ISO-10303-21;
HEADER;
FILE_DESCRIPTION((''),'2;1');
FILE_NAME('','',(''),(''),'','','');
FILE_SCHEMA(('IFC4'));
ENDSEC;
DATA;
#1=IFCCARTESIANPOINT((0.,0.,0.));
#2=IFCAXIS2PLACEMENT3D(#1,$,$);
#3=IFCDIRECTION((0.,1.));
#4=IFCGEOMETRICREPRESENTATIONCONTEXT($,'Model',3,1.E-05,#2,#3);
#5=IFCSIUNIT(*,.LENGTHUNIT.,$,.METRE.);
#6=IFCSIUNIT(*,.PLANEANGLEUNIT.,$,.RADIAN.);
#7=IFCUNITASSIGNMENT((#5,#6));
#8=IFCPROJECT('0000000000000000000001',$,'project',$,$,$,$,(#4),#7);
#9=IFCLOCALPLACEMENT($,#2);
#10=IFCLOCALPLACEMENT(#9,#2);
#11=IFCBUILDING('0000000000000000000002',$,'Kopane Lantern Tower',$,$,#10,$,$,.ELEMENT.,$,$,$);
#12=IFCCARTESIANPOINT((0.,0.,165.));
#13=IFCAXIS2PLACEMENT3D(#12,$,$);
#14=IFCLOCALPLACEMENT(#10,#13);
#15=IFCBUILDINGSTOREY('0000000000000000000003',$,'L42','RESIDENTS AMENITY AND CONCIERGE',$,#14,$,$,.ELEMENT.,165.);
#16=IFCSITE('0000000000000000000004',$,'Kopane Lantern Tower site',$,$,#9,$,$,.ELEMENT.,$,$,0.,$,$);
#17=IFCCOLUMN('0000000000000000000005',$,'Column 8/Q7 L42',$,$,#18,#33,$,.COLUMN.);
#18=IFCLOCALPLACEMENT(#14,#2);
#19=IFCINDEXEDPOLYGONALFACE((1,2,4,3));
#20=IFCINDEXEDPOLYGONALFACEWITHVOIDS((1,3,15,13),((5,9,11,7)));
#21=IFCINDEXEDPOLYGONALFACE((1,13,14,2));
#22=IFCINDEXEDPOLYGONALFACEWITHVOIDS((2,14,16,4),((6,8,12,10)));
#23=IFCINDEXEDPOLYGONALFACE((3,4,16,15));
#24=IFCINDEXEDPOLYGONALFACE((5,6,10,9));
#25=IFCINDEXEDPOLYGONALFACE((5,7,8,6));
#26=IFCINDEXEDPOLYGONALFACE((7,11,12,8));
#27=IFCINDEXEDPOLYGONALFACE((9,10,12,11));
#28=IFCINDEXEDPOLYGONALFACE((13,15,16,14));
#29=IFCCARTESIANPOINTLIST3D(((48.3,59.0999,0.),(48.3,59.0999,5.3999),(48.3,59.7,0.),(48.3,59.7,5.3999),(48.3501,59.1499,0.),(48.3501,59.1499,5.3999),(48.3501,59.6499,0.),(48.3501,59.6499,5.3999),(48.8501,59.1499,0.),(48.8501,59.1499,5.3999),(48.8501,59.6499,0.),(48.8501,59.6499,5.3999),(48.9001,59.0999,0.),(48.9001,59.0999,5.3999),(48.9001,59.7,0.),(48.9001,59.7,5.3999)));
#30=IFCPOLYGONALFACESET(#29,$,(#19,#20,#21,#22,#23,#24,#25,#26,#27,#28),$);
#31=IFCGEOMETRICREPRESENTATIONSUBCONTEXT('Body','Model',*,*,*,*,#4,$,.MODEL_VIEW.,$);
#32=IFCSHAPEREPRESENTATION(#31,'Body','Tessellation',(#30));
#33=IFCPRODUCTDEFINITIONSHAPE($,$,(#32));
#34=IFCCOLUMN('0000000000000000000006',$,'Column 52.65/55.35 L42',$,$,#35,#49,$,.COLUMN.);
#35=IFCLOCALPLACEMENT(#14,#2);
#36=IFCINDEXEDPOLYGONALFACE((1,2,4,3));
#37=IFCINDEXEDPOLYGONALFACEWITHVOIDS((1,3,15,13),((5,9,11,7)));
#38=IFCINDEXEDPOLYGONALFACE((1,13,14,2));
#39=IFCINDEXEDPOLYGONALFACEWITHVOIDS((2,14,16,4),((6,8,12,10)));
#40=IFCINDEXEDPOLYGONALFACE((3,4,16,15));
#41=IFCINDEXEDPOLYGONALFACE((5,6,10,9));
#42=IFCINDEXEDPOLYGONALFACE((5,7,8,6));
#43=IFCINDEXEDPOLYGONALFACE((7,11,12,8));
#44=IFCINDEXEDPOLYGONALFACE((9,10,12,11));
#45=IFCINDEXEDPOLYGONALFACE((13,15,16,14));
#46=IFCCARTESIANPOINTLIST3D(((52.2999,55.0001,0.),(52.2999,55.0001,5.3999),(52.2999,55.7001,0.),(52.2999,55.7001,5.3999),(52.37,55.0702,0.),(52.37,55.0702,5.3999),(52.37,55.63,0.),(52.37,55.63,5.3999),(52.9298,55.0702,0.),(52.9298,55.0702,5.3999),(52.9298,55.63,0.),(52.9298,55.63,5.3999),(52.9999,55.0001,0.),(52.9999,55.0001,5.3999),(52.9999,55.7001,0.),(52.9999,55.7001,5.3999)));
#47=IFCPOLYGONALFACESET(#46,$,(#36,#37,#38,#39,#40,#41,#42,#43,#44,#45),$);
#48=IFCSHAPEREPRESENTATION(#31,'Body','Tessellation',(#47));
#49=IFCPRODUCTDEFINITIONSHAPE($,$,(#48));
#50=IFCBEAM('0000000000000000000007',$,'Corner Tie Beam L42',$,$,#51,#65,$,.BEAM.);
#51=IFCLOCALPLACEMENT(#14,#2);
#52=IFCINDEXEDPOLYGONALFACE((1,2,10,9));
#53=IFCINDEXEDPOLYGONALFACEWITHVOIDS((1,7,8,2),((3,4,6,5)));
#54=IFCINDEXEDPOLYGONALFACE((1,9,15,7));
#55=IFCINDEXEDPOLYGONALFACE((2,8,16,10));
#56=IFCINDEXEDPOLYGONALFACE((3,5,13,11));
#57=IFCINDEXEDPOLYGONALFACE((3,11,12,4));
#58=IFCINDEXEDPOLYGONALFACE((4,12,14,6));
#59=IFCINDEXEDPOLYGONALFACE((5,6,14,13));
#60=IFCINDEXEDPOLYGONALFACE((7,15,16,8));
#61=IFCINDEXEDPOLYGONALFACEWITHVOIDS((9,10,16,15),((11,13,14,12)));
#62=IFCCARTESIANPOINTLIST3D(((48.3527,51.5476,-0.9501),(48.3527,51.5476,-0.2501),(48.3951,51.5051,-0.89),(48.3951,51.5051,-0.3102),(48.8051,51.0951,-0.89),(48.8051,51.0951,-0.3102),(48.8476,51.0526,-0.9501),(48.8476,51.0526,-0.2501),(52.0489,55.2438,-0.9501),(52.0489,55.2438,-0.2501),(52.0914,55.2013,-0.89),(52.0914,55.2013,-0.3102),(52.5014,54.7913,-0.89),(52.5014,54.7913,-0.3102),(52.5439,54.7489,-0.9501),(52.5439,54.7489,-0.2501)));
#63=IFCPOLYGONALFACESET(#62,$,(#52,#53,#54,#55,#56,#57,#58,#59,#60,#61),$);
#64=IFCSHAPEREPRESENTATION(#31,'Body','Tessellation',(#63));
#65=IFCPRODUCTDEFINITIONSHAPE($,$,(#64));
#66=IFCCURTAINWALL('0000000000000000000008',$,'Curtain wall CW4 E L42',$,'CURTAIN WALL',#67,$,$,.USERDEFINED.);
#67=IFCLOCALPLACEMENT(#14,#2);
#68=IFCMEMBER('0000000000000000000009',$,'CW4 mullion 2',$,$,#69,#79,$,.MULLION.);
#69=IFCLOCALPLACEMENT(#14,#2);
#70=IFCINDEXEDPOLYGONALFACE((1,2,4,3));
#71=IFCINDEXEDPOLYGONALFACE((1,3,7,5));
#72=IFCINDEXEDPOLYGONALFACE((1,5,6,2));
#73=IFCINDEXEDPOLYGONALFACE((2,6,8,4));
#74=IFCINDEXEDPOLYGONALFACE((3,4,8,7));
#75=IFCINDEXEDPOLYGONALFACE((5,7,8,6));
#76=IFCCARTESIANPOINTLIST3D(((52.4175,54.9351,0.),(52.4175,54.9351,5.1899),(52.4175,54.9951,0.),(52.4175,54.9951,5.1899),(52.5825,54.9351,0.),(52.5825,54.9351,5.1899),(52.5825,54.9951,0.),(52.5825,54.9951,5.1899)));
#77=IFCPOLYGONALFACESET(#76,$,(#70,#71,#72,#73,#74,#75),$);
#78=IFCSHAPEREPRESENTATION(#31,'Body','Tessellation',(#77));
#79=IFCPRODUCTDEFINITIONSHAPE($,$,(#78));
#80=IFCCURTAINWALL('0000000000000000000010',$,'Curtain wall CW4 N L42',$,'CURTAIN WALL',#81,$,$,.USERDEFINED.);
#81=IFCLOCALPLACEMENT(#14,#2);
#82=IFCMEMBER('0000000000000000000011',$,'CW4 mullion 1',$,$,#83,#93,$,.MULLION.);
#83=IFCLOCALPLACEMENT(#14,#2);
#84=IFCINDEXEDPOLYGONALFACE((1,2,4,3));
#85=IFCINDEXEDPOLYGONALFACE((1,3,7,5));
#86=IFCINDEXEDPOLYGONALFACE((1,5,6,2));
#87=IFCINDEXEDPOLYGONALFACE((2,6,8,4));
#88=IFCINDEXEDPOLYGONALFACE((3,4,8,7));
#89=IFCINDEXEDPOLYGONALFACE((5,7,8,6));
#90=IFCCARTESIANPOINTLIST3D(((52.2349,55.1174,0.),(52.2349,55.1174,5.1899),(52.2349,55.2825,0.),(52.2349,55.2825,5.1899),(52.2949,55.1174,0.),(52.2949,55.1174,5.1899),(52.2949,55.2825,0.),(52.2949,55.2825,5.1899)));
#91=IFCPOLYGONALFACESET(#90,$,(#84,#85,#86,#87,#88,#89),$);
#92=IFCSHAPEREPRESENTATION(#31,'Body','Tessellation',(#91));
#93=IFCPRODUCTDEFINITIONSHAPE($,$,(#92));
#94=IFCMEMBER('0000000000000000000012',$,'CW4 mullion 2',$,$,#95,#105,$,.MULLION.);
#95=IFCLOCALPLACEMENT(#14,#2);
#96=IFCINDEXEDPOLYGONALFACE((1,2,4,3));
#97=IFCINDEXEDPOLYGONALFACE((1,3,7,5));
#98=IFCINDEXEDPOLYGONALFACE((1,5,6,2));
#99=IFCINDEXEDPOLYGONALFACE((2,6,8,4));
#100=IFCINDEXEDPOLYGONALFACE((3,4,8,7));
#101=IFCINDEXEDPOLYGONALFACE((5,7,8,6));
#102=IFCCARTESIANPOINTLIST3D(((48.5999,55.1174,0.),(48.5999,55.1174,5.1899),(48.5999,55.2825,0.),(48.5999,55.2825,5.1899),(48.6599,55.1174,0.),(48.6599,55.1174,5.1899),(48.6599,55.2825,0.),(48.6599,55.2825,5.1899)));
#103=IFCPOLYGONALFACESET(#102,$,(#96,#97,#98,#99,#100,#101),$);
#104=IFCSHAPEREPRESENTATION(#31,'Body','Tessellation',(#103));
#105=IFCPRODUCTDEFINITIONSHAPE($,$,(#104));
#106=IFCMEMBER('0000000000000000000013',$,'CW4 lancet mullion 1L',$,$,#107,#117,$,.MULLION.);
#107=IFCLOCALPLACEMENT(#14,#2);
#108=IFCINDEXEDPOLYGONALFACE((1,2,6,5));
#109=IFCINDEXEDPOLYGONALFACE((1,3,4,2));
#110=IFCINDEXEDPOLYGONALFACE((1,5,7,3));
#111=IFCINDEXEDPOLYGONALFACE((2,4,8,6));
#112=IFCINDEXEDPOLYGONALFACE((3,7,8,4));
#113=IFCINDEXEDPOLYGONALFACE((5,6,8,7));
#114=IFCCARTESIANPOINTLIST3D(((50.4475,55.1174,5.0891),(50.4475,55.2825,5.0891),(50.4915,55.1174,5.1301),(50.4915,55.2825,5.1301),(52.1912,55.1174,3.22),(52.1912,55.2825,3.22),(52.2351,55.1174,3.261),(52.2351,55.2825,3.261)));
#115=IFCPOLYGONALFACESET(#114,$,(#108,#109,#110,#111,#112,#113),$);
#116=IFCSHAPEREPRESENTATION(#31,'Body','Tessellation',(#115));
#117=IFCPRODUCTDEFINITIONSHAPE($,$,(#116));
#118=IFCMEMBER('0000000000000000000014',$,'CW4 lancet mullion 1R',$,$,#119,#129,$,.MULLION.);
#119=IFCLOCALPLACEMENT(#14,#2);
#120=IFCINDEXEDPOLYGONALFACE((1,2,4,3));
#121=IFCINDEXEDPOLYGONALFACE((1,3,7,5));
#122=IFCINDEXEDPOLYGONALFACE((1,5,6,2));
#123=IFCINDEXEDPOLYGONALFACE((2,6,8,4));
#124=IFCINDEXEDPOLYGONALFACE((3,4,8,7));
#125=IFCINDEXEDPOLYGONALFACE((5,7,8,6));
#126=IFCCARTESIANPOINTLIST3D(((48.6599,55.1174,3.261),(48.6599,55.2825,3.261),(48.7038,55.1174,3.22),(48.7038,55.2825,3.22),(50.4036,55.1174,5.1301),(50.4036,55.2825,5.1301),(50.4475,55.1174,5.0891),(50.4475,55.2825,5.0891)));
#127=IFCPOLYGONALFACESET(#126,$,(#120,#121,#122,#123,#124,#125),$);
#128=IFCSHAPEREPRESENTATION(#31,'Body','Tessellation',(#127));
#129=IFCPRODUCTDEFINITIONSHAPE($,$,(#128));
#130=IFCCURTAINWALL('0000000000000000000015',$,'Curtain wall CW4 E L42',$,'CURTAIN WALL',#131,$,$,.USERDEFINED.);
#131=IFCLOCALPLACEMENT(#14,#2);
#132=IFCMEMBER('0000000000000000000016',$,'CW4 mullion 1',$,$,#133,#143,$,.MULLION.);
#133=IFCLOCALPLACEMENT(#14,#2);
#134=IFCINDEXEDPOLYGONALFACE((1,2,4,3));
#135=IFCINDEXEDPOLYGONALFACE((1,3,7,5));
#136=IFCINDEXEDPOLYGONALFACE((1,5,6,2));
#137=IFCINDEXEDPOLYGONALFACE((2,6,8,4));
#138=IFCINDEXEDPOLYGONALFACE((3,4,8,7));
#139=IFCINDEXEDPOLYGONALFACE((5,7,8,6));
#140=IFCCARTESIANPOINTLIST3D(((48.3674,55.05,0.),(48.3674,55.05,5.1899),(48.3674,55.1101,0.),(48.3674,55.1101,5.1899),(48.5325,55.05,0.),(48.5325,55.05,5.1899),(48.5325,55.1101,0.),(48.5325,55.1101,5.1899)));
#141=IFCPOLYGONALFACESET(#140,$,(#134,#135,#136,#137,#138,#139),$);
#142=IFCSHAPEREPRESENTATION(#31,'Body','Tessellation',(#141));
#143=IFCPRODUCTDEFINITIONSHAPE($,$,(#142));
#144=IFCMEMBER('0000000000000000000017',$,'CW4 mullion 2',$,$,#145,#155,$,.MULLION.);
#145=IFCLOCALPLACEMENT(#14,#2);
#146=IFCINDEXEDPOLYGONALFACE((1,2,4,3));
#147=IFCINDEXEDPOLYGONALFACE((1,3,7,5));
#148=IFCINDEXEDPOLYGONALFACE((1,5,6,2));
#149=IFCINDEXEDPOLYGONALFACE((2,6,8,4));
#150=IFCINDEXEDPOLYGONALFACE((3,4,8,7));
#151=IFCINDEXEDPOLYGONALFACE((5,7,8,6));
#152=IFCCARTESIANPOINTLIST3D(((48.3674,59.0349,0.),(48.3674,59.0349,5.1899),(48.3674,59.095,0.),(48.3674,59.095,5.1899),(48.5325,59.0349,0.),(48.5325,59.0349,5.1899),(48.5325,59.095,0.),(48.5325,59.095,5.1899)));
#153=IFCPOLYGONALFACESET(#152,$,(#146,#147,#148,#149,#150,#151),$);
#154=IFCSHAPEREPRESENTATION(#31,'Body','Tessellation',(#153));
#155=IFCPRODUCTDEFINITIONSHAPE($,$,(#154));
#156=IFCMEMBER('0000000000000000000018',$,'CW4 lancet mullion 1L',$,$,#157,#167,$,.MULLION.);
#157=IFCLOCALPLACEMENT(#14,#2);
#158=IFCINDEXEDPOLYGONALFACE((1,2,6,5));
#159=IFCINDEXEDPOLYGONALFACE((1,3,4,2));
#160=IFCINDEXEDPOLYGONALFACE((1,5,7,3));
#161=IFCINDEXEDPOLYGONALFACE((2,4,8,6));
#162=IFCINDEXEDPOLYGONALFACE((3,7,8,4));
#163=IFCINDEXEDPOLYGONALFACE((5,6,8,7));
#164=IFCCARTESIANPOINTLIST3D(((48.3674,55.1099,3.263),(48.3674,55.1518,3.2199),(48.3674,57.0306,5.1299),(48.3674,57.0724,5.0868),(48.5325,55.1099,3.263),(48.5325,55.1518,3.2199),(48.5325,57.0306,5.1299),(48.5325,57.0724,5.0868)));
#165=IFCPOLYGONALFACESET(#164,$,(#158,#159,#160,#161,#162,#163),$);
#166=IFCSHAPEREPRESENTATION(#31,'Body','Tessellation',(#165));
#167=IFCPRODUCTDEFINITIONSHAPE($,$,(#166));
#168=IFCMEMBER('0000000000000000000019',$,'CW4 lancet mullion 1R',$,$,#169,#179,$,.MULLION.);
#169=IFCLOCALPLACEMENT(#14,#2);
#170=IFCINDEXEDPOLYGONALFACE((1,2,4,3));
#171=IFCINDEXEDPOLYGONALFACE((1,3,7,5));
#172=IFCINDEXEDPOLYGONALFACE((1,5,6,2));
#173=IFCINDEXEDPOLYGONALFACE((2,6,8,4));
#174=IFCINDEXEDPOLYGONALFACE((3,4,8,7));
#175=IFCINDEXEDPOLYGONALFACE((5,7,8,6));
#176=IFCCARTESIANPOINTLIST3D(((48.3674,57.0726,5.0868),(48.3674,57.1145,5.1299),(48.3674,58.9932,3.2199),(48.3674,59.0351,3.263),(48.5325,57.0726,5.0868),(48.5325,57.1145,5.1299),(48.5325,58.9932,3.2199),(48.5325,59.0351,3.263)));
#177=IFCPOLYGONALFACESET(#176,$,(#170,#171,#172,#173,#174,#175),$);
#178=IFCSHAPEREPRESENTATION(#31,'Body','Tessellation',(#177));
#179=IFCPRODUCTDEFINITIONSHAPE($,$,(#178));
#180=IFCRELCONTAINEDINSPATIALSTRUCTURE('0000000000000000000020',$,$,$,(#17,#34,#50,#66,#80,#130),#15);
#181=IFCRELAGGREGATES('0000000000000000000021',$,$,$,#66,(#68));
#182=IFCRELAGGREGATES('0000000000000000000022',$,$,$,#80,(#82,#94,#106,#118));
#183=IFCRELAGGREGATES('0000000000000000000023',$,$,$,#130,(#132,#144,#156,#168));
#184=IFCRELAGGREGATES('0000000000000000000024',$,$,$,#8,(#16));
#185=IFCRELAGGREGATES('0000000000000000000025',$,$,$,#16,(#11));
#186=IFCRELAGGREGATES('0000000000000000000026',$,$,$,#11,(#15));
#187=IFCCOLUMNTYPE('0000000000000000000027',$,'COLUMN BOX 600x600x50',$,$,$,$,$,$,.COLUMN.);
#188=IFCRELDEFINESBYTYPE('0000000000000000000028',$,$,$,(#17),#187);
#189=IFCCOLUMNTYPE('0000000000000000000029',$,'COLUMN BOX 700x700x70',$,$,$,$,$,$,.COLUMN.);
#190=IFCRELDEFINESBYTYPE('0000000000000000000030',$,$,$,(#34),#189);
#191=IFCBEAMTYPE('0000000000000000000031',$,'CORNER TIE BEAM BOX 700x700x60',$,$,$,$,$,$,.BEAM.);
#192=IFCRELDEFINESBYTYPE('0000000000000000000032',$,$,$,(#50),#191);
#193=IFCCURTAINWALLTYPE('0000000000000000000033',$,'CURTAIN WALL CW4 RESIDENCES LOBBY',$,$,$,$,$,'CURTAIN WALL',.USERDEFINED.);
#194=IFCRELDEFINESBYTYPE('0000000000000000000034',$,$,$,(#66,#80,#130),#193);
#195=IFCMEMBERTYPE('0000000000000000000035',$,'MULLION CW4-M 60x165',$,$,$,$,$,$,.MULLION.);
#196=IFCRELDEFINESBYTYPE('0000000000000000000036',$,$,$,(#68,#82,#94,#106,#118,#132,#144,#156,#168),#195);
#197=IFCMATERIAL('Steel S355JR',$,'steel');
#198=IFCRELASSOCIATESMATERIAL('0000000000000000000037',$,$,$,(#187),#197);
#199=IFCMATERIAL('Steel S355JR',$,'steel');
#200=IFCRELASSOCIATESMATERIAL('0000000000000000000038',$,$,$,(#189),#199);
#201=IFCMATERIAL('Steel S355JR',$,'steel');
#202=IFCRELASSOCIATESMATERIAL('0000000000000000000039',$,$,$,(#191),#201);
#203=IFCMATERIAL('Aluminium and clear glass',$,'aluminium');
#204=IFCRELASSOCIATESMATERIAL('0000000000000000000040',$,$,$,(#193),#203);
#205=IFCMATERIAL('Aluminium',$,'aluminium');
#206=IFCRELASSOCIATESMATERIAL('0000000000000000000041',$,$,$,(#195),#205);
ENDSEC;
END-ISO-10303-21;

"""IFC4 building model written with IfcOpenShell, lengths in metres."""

from ifc_helpers import new_model, si_unit, direction, frame, origin, origin_2d, place, context, subcontext, project, spatial, rectangle, hollow_rectangle, extrude, material, material_profile, profile_set, type_object, element, aggregate, save


model = new_model("IFC4")

# Units and contexts
model_context = context("Model", 3, precision=1e-05, world=origin(), true_north=direction((0.0, 1.0)))
body_context = subcontext(model_context, "Body", "Model", "MODEL_VIEW")
ifc_project = project(units=[si_unit("LENGTHUNIT", "METRE"), si_unit("PLANEANGLEUNIT", "RADIAN")], contexts=[model_context])

# Site, building, storey
site_placement = place(None, origin())
site = spatial("IfcSite", under=ifc_project, at=site_placement, Name="Kopane Lantern Tower site", CompositionType="ELEMENT", RefElevation=0.0)
building_placement = place(site_placement, origin())
building = spatial("IfcBuilding", under=site, at=building_placement, Name="Kopane Lantern Tower", CompositionType="ELEMENT")
storey_placement = place(building_placement, frame((0.0, 0.0, 165.0)))
storey = spatial("IfcBuildingStorey", under=building, at=storey_placement, Name="L42", Description="RESIDENTS AMENITY AND CONCIERGE", CompositionType="ELEMENT", Elevation=165.0)

# Columns
ifc_material_1 = material(Name="Steel S355JR", Category="steel")
ifc_material_profile_1 = material_profile(ifc_material_1, hollow_rectangle(XDim=0.6001, YDim=0.6001, WallThickness=0.05, at=origin_2d()), Name="BOX 600x600x50")
ifc_profile_set_1 = profile_set([ifc_material_profile_1], Name="Steel S355JR")
column_type_1 = type_object("IfcColumnType", Name="COLUMN BOX 600x600x50", PredefinedType="COLUMN", material=ifc_profile_set_1)
column_1_placement = place(storey_placement, frame((48.6001, 59.3999, 0.0), z_axis=(0.0, 0.0, 1.0), x_axis=(1.0, 0.0, 0.0)))
element("IfcColumn", 1, at=column_1_placement, inside=storey, type_object=column_type_1, Name="Column 8/Q7 L42", PredefinedType="COLUMN", context=body_context, shape_type="SweptSolid", body=[
    extrude(hollow_rectangle(XDim=0.6001, YDim=0.6001, WallThickness=0.05, at=origin_2d()), origin(), (0.0, 0.0, 1.0), 5.3999),
])
ifc_material_2 = material(Name="Steel S355JR", Category="steel")
ifc_material_profile_2 = material_profile(ifc_material_2, hollow_rectangle(XDim=0.7, YDim=0.7, WallThickness=0.0701, at=origin_2d()), Name="BOX 700x700x70")
ifc_profile_set_2 = profile_set([ifc_material_profile_2], Name="Steel S355JR")
column_type_2 = type_object("IfcColumnType", Name="COLUMN BOX 700x700x70", PredefinedType="COLUMN", material=ifc_profile_set_2)
column_2_placement = place(storey_placement, frame((52.6499, 55.3501, 0.0), z_axis=(0.0, 0.0, 1.0), x_axis=(1.0, 0.0, 0.0)))
element("IfcColumn", 2, at=column_2_placement, inside=storey, type_object=column_type_2, Name="Column 52.65/55.35 L42", PredefinedType="COLUMN", context=body_context, shape_type="SweptSolid", body=[
    extrude(hollow_rectangle(XDim=0.7, YDim=0.7, WallThickness=0.0701, at=origin_2d()), origin(), (0.0, 0.0, 1.0), 5.3999),
])

# Beam
ifc_material_3 = material(Name="Steel S355JR", Category="steel")
ifc_material_profile_3 = material_profile(ifc_material_3, hollow_rectangle(XDim=0.7, YDim=0.7, WallThickness=0.0601, at=origin_2d()), Name="BOX 700x700x60")
ifc_profile_set_3 = profile_set([ifc_material_profile_3], Name="Steel S355JR")
beam_type_1 = type_object("IfcBeamType", Name="CORNER TIE BEAM BOX 700x700x60", PredefinedType="BEAM", material=ifc_profile_set_3)
beam_1_placement = place(storey_placement, frame((52.2964, 54.9963, -0.6001), z_axis=(-0.707107, -0.707107, 0.0), x_axis=(0.707107, -0.707107, 0.0)))
element("IfcBeam", 3, at=beam_1_placement, inside=storey, type_object=beam_type_1, Name="Corner Tie Beam L42", PredefinedType="BEAM", context=body_context, shape_type="SweptSolid", body=[
    extrude(hollow_rectangle(XDim=0.7, YDim=0.7, WallThickness=0.0601, at=origin_2d()), origin(), (0.0, 0.0, 1.0), 5.2273),
])

# Curtain wall, member
ifc_material_4 = material(Name="Aluminium and clear glass", Category="aluminium")
curtain_wall_type = type_object("IfcCurtainWallType", Name="CURTAIN WALL CW4 RESIDENCES LOBBY", ElementType="CURTAIN WALL", PredefinedType="USERDEFINED", material=ifc_material_4)
curtain_wall_1_placement = place(storey_placement, origin())
curtain_wall_1 = element("IfcCurtainWall", 4, at=curtain_wall_1_placement, inside=storey, type_object=curtain_wall_type, Name="Curtain wall CW4 E L42", ObjectType="CURTAIN WALL", PredefinedType="USERDEFINED")
ifc_material_5 = material(Name="Aluminium", Category="aluminium")
ifc_material_profile_4 = material_profile(ifc_material_5, rectangle(XDim=0.0601, YDim=0.165, at=origin_2d()), Name="AL 60x165")
ifc_profile_set_4 = profile_set([ifc_material_profile_4], Name="Aluminium")
member_type_1 = type_object("IfcMemberType", Name="MULLION CW4-M 60x165", PredefinedType="MULLION", material=ifc_profile_set_4)
member_1_placement = place(storey_placement, frame((52.5, 54.9651, 0.0), z_axis=(0.0, 0.0, 1.0), x_axis=(0.0, 1.0, 0.0)))
member_1 = element("IfcMember", 5, at=member_1_placement, type_object=member_type_1, Name="CW4 mullion 2", PredefinedType="MULLION", context=body_context, shape_type="SweptSolid", body=[
    extrude(rectangle(XDim=0.0601, YDim=0.165, at=origin_2d()), origin(), (0.0, 0.0, 1.0), 5.1899),
])

# Curtain walls, members
curtain_wall_2_placement = place(storey_placement, origin())
curtain_wall_2 = element("IfcCurtainWall", 6, at=curtain_wall_2_placement, inside=storey, type_object=curtain_wall_type, Name="Curtain wall CW4 N L42", ObjectType="CURTAIN WALL", PredefinedType="USERDEFINED")
member_2_placement = place(storey_placement, frame((52.2649, 55.2, 0.0), z_axis=(0.0, 0.0, 1.0), x_axis=(-1.0, 0.0, 0.0)))
member_2 = element("IfcMember", 7, at=member_2_placement, type_object=member_type_1, Name="CW4 mullion 1", PredefinedType="MULLION", context=body_context, shape_type="SweptSolid", body=[
    extrude(rectangle(XDim=0.0601, YDim=0.165, at=origin_2d()), origin(), (0.0, 0.0, 1.0), 5.1899),
])
member_3_placement = place(storey_placement, frame((48.6299, 55.2, 0.0), z_axis=(0.0, 0.0, 1.0), x_axis=(-1.0, 0.0, 0.0)))
member_3 = element("IfcMember", 8, at=member_3_placement, type_object=member_type_1, Name="CW4 mullion 2", PredefinedType="MULLION", context=body_context, shape_type="SweptSolid", body=[
    extrude(rectangle(XDim=0.0601, YDim=0.165, at=origin_2d()), origin(), (0.0, 0.0, 1.0), 5.1899),
])
member_4_placement = place(storey_placement, frame((52.2131, 55.2, 3.2405), z_axis=(-0.682134, 0.0, 0.731227), x_axis=(0.731227, 0.0, 0.682134)))
member_4 = element("IfcMember", 9, at=member_4_placement, type_object=member_type_1, Name="CW4 lancet mullion 1L", PredefinedType="MULLION", context=body_context, shape_type="SweptSolid", body=[
    extrude(rectangle(XDim=0.0601, YDim=0.165, at=origin_2d()), origin(), (0.0, 0.0, 1.0), 2.5562),
])
member_5_placement = place(storey_placement, frame((48.6819, 55.2, 3.2405), z_axis=(0.682134, 0.0, 0.731227), x_axis=(-0.731227, 0.0, 0.682134)))
member_5 = element("IfcMember", 10, at=member_5_placement, type_object=member_type_1, Name="CW4 lancet mullion 1R", PredefinedType="MULLION", context=body_context, shape_type="SweptSolid", body=[
    extrude(rectangle(XDim=0.0601, YDim=0.165, at=origin_2d()), origin(), (0.0, 0.0, 1.0), 2.5562),
])
curtain_wall_3_placement = place(storey_placement, origin())
curtain_wall_3 = element("IfcCurtainWall", 11, at=curtain_wall_3_placement, inside=storey, type_object=curtain_wall_type, Name="Curtain wall CW4 E L42", ObjectType="CURTAIN WALL", PredefinedType="USERDEFINED")
member_6_placement = place(storey_placement, frame((48.45, 55.0801, 0.0), z_axis=(0.0, 0.0, 1.0), x_axis=(0.0, 1.0, 0.0)))
member_6 = element("IfcMember", 12, at=member_6_placement, type_object=member_type_1, Name="CW4 mullion 1", PredefinedType="MULLION", context=body_context, shape_type="SweptSolid", body=[
    extrude(rectangle(XDim=0.0601, YDim=0.165, at=origin_2d()), origin(), (0.0, 0.0, 1.0), 5.1899),
])
member_7_placement = place(storey_placement, frame((48.45, 59.0649, 0.0), z_axis=(0.0, 0.0, 1.0), x_axis=(0.0, 1.0, 0.0)))
member_7 = element("IfcMember", 13, at=member_7_placement, type_object=member_type_1, Name="CW4 mullion 2", PredefinedType="MULLION", context=body_context, shape_type="SweptSolid", body=[
    extrude(rectangle(XDim=0.0601, YDim=0.165, at=origin_2d()), origin(), (0.0, 0.0, 1.0), 5.1899),
])
member_8_placement = place(storey_placement, frame((48.45, 55.1309, 3.2415), z_axis=(0.0, 0.717062, 0.697009), x_axis=(0.0, -0.697009, 0.717062)))
member_8 = element("IfcMember", 14, at=member_8_placement, type_object=member_type_1, Name="CW4 lancet mullion 1L", PredefinedType="MULLION", context=body_context, shape_type="SweptSolid", body=[
    extrude(rectangle(XDim=0.0601, YDim=0.165, at=origin_2d()), origin(), (0.0, 0.0, 1.0), 2.6785),
])
member_9_placement = place(storey_placement, frame((48.45, 59.0142, 3.2415), z_axis=(0.0, -0.717062, 0.697009), x_axis=(0.0, 0.697009, 0.717062)))
member_9 = element("IfcMember", 15, at=member_9_placement, type_object=member_type_1, Name="CW4 lancet mullion 1R", PredefinedType="MULLION", context=body_context, shape_type="SweptSolid", body=[
    extrude(rectangle(XDim=0.0601, YDim=0.165, at=origin_2d()), origin(), (0.0, 0.0, 1.0), 2.6785),
])

aggregate(curtain_wall_1, [member_1])
aggregate(curtain_wall_2, [member_2, member_3, member_4, member_5])
aggregate(curtain_wall_3, [member_6, member_7, member_8, member_9])

save(model, "model.ifc")
